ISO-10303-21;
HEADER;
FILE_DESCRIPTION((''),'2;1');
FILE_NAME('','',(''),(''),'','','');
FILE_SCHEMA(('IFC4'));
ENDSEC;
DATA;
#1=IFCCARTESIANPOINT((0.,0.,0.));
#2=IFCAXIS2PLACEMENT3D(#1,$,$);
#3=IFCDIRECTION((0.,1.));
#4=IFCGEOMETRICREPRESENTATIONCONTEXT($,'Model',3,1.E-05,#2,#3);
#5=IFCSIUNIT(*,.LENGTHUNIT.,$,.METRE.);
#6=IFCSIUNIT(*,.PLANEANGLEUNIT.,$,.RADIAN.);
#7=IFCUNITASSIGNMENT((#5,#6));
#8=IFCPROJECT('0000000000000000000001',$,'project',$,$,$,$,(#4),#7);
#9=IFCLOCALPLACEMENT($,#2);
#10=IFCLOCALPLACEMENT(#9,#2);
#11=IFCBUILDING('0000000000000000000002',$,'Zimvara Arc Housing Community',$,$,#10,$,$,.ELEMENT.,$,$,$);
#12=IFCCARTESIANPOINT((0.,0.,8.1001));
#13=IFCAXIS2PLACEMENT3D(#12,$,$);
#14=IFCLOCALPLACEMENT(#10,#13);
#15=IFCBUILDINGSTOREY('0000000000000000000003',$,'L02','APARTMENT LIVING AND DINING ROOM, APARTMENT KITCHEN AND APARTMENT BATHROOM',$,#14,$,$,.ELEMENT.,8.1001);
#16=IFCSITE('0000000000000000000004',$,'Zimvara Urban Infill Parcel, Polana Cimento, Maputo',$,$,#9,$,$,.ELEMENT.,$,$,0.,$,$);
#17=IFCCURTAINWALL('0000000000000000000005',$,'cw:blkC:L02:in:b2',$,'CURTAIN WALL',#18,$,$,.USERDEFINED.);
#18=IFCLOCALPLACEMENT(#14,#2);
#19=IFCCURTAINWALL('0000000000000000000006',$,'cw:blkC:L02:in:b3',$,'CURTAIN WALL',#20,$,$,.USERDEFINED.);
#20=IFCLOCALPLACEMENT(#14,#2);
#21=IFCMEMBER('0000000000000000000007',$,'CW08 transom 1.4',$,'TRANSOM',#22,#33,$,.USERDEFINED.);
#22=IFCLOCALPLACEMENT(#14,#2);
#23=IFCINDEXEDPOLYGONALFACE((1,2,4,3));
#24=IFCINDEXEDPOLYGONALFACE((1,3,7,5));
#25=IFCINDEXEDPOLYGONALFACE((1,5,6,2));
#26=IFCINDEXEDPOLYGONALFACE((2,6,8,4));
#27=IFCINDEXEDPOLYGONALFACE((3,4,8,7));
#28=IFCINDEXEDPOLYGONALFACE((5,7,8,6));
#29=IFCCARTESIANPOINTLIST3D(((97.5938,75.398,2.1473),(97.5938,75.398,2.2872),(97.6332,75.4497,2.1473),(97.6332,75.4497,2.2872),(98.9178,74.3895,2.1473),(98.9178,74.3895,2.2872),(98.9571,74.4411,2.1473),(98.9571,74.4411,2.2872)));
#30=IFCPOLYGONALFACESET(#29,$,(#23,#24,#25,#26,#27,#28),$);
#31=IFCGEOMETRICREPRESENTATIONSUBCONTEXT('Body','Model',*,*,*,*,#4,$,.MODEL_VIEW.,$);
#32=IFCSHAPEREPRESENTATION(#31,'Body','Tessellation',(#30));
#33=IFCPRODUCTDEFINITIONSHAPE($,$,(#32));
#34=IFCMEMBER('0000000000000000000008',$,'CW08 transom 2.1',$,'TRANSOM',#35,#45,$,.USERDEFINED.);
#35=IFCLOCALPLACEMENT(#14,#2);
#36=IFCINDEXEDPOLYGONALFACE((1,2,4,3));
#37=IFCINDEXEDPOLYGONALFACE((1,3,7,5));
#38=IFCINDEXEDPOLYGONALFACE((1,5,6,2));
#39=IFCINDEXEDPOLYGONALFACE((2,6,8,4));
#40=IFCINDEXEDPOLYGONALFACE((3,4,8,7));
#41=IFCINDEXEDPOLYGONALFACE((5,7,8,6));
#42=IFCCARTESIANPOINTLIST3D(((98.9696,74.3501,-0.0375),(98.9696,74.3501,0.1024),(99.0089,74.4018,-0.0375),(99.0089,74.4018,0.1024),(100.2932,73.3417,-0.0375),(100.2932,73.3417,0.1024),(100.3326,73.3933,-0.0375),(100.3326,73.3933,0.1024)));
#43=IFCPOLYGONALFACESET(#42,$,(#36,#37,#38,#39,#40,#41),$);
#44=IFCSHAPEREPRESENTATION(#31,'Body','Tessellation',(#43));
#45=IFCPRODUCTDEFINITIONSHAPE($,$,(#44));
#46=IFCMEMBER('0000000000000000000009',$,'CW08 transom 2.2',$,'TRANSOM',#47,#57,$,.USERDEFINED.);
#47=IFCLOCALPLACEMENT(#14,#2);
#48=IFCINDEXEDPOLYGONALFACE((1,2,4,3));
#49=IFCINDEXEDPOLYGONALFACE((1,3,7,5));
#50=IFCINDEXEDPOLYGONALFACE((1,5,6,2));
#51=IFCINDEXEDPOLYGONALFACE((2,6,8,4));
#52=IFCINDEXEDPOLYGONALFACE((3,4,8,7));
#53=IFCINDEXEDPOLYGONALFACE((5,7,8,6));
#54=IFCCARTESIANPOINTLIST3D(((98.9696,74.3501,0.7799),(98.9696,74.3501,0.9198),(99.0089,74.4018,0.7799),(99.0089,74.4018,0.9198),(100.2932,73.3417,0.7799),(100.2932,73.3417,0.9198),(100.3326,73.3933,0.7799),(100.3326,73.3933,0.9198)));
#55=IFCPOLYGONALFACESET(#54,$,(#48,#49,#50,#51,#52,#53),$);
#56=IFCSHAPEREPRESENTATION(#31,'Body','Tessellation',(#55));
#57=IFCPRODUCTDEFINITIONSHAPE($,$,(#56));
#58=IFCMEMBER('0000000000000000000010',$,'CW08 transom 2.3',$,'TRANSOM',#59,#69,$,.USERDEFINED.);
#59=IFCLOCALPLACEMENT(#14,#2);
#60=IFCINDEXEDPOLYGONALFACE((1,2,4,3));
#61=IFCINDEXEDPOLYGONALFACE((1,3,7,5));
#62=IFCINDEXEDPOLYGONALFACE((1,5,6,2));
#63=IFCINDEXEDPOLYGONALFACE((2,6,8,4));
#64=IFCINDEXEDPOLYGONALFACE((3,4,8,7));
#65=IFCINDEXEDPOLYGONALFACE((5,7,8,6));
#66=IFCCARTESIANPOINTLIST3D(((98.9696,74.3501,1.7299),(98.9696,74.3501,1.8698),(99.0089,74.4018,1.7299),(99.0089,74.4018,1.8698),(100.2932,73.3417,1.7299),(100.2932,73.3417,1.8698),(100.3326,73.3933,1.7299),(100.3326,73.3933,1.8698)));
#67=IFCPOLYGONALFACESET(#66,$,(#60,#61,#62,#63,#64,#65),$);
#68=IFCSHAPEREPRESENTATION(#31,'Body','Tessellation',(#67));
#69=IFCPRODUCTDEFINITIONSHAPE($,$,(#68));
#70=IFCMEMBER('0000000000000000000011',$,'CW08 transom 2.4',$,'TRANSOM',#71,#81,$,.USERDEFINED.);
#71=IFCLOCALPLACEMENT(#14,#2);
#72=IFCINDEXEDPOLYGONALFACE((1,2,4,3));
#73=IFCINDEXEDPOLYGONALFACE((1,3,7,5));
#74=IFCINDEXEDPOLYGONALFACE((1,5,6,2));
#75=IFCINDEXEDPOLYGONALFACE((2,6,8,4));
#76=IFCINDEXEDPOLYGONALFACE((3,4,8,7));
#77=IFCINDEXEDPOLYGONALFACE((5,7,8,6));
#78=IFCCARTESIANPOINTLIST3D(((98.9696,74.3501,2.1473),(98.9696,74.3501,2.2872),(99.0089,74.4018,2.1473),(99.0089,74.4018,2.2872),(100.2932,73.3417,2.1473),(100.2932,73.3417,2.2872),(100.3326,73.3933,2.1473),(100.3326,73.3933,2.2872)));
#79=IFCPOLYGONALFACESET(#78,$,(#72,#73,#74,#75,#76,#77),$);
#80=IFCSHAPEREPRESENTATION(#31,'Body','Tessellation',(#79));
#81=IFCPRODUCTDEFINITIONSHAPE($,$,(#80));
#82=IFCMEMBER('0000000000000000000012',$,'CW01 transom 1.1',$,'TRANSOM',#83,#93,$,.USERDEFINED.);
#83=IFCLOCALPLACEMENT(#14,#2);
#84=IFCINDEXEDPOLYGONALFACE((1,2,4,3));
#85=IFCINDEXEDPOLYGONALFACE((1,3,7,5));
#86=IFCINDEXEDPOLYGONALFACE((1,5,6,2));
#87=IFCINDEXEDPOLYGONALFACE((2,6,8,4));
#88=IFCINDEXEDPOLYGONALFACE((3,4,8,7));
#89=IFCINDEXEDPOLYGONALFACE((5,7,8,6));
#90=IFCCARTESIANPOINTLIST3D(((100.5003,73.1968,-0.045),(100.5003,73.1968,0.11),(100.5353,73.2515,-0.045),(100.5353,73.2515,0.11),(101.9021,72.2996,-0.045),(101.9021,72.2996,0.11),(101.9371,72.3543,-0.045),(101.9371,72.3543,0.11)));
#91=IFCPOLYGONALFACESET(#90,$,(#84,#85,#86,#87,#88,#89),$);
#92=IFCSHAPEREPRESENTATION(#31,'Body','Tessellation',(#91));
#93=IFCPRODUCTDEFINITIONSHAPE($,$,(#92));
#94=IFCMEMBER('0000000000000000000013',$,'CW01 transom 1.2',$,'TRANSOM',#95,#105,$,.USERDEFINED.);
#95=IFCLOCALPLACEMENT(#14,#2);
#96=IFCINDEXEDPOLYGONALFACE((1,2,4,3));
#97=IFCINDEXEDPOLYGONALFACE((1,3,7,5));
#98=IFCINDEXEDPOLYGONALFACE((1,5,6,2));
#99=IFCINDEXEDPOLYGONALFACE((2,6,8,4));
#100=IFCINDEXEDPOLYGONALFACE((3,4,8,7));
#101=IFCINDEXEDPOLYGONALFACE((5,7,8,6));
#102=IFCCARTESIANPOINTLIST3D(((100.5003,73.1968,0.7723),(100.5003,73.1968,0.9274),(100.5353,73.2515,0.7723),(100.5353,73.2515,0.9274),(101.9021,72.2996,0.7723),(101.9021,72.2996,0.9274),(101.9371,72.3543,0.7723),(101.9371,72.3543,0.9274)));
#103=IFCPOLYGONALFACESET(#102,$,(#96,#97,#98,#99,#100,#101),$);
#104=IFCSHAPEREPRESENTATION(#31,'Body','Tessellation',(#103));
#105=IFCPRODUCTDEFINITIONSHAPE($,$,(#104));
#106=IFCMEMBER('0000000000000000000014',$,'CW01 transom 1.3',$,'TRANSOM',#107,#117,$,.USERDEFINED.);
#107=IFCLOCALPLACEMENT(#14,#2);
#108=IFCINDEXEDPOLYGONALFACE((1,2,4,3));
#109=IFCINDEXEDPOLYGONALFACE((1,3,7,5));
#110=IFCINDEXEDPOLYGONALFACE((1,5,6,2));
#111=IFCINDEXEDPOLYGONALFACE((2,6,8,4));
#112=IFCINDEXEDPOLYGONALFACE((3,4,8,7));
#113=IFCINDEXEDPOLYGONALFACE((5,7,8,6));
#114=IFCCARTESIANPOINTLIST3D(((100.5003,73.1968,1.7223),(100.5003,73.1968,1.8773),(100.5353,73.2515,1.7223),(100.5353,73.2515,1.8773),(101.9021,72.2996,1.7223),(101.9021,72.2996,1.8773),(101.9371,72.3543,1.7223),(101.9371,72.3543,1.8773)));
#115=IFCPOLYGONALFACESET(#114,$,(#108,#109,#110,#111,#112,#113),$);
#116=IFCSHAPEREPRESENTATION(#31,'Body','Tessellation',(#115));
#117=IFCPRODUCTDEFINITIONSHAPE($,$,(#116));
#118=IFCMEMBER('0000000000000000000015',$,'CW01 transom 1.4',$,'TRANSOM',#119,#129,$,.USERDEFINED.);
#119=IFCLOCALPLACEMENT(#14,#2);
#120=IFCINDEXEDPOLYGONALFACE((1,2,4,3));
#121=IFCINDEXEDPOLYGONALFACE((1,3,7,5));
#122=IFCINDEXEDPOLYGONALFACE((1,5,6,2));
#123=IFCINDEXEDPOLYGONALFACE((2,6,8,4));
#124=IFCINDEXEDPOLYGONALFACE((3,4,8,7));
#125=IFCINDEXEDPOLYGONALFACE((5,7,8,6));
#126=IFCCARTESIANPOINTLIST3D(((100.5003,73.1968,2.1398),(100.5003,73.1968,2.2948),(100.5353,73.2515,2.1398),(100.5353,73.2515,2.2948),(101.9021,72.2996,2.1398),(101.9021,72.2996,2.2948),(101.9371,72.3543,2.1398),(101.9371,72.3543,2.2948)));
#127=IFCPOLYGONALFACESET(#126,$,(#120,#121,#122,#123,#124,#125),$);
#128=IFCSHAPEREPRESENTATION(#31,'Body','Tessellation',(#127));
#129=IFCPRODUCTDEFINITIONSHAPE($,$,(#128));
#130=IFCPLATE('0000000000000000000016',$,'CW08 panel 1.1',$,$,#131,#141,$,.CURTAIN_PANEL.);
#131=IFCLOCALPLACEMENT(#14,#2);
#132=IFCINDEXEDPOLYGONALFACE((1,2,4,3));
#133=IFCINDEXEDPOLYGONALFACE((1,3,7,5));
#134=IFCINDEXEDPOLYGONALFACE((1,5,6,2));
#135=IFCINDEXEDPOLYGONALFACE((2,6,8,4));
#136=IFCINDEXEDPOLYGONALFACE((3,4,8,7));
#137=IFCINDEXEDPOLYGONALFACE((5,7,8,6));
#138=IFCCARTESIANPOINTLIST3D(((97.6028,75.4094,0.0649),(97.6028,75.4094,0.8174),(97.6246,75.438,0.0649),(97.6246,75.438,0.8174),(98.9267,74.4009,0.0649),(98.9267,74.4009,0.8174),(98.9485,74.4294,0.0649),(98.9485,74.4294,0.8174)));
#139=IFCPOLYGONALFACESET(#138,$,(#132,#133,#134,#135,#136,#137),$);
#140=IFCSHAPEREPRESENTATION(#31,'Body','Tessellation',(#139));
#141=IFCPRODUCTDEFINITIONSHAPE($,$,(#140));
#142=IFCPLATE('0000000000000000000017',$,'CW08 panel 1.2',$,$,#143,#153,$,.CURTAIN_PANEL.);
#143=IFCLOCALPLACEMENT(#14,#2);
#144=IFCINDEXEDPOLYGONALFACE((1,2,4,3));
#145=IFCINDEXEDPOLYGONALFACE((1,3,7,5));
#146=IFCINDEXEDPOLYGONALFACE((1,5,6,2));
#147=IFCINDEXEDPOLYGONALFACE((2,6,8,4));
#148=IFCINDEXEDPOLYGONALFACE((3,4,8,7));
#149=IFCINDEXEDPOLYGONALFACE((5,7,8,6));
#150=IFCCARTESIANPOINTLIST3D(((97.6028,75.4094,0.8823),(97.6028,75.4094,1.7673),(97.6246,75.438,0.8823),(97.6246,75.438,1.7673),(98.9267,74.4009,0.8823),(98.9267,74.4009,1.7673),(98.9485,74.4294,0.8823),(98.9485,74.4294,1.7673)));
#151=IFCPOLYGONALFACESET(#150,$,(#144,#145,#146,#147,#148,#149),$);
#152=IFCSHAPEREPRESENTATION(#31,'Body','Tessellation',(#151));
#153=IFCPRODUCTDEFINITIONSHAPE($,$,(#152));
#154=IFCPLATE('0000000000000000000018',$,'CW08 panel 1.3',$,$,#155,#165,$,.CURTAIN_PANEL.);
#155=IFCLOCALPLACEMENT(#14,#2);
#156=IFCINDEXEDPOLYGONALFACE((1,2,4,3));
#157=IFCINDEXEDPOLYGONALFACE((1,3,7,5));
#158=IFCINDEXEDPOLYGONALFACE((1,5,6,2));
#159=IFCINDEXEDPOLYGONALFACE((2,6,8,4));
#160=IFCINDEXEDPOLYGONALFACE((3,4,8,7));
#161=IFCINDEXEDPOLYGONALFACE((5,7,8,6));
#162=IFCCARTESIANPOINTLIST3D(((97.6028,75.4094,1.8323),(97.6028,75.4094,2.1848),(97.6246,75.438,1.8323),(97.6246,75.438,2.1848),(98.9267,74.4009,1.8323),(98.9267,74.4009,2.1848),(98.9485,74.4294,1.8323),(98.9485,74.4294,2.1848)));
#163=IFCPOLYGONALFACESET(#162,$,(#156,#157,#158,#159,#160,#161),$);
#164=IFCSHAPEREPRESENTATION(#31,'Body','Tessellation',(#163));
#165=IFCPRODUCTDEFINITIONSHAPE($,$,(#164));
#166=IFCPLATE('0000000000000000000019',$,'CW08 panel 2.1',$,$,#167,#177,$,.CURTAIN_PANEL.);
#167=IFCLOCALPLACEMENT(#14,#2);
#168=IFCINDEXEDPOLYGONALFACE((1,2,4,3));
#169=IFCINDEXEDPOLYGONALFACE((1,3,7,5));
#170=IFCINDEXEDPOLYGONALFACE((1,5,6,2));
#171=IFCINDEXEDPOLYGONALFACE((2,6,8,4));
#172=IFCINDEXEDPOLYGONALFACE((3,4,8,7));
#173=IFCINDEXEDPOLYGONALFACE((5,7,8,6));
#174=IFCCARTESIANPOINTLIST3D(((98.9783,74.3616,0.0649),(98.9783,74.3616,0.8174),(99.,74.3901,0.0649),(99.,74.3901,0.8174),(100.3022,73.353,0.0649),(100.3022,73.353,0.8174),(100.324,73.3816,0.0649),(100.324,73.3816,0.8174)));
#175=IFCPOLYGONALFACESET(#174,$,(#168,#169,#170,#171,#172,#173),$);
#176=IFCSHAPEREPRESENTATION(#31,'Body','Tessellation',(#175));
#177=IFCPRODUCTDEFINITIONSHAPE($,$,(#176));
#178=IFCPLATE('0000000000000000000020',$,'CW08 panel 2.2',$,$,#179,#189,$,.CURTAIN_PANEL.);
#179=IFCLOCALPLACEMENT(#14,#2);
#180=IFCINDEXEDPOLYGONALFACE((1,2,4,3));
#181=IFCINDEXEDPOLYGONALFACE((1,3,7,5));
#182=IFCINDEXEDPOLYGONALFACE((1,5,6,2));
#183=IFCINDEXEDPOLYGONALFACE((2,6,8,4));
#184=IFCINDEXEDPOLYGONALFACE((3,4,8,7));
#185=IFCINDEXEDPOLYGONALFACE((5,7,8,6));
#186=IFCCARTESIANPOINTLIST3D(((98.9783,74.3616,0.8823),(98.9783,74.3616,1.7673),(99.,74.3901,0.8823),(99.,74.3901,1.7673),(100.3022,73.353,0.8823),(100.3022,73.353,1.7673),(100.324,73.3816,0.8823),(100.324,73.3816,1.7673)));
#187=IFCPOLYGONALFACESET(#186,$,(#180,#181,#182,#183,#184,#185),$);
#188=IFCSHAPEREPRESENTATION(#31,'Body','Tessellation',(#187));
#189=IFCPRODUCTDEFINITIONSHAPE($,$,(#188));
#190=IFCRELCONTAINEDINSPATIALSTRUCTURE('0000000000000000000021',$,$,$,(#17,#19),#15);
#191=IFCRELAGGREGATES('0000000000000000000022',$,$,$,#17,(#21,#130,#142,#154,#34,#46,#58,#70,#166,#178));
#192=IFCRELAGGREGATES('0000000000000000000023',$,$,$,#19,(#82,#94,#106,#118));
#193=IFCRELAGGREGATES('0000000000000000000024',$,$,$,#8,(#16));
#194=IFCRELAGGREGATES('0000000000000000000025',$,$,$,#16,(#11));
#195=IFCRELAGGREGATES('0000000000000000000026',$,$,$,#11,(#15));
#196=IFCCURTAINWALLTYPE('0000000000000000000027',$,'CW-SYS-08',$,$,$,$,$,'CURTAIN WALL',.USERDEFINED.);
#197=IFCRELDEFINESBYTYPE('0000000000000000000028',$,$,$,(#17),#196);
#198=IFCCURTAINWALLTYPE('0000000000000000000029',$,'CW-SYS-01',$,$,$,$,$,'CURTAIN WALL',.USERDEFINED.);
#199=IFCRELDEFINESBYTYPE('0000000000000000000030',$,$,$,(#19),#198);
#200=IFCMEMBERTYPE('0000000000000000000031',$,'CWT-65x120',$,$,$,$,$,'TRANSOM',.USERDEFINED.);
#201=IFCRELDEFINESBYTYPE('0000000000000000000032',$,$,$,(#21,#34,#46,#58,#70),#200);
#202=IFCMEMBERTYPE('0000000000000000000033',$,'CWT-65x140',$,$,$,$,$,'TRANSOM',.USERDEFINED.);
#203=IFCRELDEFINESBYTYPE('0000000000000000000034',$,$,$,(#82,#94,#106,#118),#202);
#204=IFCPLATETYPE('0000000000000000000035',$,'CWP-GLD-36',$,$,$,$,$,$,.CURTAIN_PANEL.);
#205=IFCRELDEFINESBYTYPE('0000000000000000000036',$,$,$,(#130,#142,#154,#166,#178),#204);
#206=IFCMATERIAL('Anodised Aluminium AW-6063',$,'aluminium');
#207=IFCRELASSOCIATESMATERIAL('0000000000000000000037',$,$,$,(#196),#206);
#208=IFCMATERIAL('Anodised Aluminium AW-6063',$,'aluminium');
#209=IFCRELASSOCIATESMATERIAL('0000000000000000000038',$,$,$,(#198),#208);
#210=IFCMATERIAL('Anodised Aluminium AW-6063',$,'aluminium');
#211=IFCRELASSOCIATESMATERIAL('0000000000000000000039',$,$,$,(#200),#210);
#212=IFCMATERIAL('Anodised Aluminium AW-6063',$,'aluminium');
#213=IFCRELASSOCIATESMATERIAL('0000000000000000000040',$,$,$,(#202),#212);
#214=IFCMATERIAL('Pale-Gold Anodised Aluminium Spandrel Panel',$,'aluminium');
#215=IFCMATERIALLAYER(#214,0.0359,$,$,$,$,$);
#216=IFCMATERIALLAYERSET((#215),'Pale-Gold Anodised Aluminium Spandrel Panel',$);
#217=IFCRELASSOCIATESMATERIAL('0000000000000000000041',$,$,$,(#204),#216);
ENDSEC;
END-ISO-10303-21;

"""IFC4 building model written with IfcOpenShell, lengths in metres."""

from ifc_helpers import new_model, si_unit, direction, frame, origin, origin_2d, place, context, subcontext, project, spatial, rectangle, extrude, material, layer, layer_set, material_profile, profile_set, type_object, element, aggregate, save


model = new_model("IFC4")

# Units and contexts
model_context = context("Model", 3, precision=1e-05, world=origin(), true_north=direction((0.0, 1.0)))
body_context = subcontext(model_context, "Body", "Model", "MODEL_VIEW")
ifc_project = project(units=[si_unit("LENGTHUNIT", "METRE"), si_unit("PLANEANGLEUNIT", "RADIAN")], contexts=[model_context])

# Site, building, storey
site_placement = place(None, origin())
site = spatial("IfcSite", under=ifc_project, at=site_placement, Name="Zimvara Urban Infill Parcel, Polana Cimento, Maputo", CompositionType="ELEMENT", RefElevation=0.0)
building_placement = place(site_placement, origin())
building = spatial("IfcBuilding", under=site, at=building_placement, Name="Zimvara Arc Housing Community", CompositionType="ELEMENT")
storey_placement = place(building_placement, frame((0.0, 0.0, 8.1001)))
storey = spatial("IfcBuildingStorey", under=building, at=storey_placement, Name="L02", Description="APARTMENT LIVING AND DINING ROOM, APARTMENT KITCHEN AND APARTMENT BATHROOM", CompositionType="ELEMENT", Elevation=8.1001)

# Curtain wall
ifc_material_1 = material(Name="Anodised Aluminium AW-6063", Category="aluminium")
curtain_wall_type_1 = type_object("IfcCurtainWallType", Name="CW-SYS-08", ElementType="CURTAIN WALL", PredefinedType="USERDEFINED", material=ifc_material_1)
curtain_wall_1_placement = place(storey_placement, origin())
curtain_wall_1 = element("IfcCurtainWall", 1, at=curtain_wall_1_placement, inside=storey, type_object=curtain_wall_type_1, Name="cw:blkC:L02:in:b2", ObjectType="CURTAIN WALL", PredefinedType="USERDEFINED")

# Curtain wall
ifc_material_2 = material(Name="Anodised Aluminium AW-6063", Category="aluminium")
curtain_wall_type_2 = type_object("IfcCurtainWallType", Name="CW-SYS-01", ElementType="CURTAIN WALL", PredefinedType="USERDEFINED", material=ifc_material_2)
curtain_wall_2_placement = place(storey_placement, origin())
curtain_wall_2 = element("IfcCurtainWall", 2, at=curtain_wall_2_placement, inside=storey, type_object=curtain_wall_type_2, Name="cw:blkC:L02:in:b3", ObjectType="CURTAIN WALL", PredefinedType="USERDEFINED")

# Members
ifc_material_3 = material(Name="Anodised Aluminium AW-6063", Category="aluminium")
ifc_material_profile_1 = material_profile(ifc_material_3, rectangle(XDim=0.0649, YDim=0.1399, at=origin_2d()), Name="ALU 65x140")
ifc_profile_set_1 = profile_set([ifc_material_profile_1], Name="Anodised Aluminium AW-6063")
member_type_1 = type_object("IfcMemberType", Name="CWT-65x120", ElementType="TRANSOM", PredefinedType="USERDEFINED", material=ifc_profile_set_1)
member_1_placement = place(storey_placement, frame((97.6135, 75.4238, 2.2173), z_axis=(0.795489, -0.605968, 0.0), x_axis=(0.605968, 0.795489, 0.0)))
member_1 = element("IfcMember", 3, at=member_1_placement, type_object=member_type_1, Name="CW08 transom 1.4", ObjectType="TRANSOM", PredefinedType="USERDEFINED", context=body_context, shape_type="SweptSolid", body=[
    extrude(rectangle(XDim=0.0649, YDim=0.1399, at=origin_2d()), origin(), (0.0, 0.0, 1.0), 1.6643),
])
member_2_placement = place(storey_placement, frame((98.9893, 74.376, 0.0325), z_axis=(0.795435, -0.606039, 0.0), x_axis=(0.606039, 0.795435, 0.0)))
member_2 = element("IfcMember", 4, at=member_2_placement, type_object=member_type_1, Name="CW08 transom 2.1", ObjectType="TRANSOM", PredefinedType="USERDEFINED", context=body_context, shape_type="SweptSolid", body=[
    extrude(rectangle(XDim=0.0649, YDim=0.1399, at=origin_2d()), origin(), (0.0, 0.0, 1.0), 1.6641),
])
member_3_placement = place(storey_placement, frame((98.9893, 74.376, 0.8499), z_axis=(0.795435, -0.606039, 0.0), x_axis=(0.606039, 0.795435, 0.0)))
member_3 = element("IfcMember", 5, at=member_3_placement, type_object=member_type_1, Name="CW08 transom 2.2", ObjectType="TRANSOM", PredefinedType="USERDEFINED", context=body_context, shape_type="SweptSolid", body=[
    extrude(rectangle(XDim=0.0649, YDim=0.1399, at=origin_2d()), origin(), (0.0, 0.0, 1.0), 1.6641),
])
member_4_placement = place(storey_placement, frame((98.9893, 74.376, 1.7998), z_axis=(0.795435, -0.606039, 0.0), x_axis=(0.606039, 0.795435, 0.0)))
member_4 = element("IfcMember", 6, at=member_4_placement, type_object=member_type_1, Name="CW08 transom 2.3", ObjectType="TRANSOM", PredefinedType="USERDEFINED", context=body_context, shape_type="SweptSolid", body=[
    extrude(rectangle(XDim=0.0649, YDim=0.1399, at=origin_2d()), origin(), (0.0, 0.0, 1.0), 1.6641),
])
member_5_placement = place(storey_placement, frame((98.9893, 74.376, 2.2173), z_axis=(0.795435, -0.606039, 0.0), x_axis=(0.606039, 0.795435, 0.0)))
member_5 = element("IfcMember", 7, at=member_5_placement, type_object=member_type_1, Name="CW08 transom 2.4", ObjectType="TRANSOM", PredefinedType="USERDEFINED", context=body_context, shape_type="SweptSolid", body=[
    extrude(rectangle(XDim=0.0649, YDim=0.1399, at=origin_2d()), origin(), (0.0, 0.0, 1.0), 1.6641),
])
ifc_material_4 = material(Name="Anodised Aluminium AW-6063", Category="aluminium")
ifc_material_profile_2 = material_profile(ifc_material_4, rectangle(XDim=0.0649, YDim=0.155, at=origin_2d()), Name="ALU 65x155")
ifc_profile_set_2 = profile_set([ifc_material_profile_2], Name="Anodised Aluminium AW-6063")
member_type_2 = type_object("IfcMemberType", Name="CWT-65x140", ElementType="TRANSOM", PredefinedType="USERDEFINED", material=ifc_profile_set_2)
member_6_placement = place(storey_placement, frame((100.5178, 73.2241, 0.0325), z_axis=(0.842263, -0.539066, 0.0), x_axis=(0.539066, 0.842263, 0.0)))
member_6 = element("IfcMember", 8, at=member_6_placement, type_object=member_type_2, Name="CW01 transom 1.1", ObjectType="TRANSOM", PredefinedType="USERDEFINED", context=body_context, shape_type="SweptSolid", body=[
    extrude(rectangle(XDim=0.0649, YDim=0.155, at=origin_2d()), origin(), (0.0, 0.0, 1.0), 1.6643),
])
member_7_placement = place(storey_placement, frame((100.5178, 73.2241, 0.8499), z_axis=(0.842263, -0.539066, 0.0), x_axis=(0.539066, 0.842263, 0.0)))
member_7 = element("IfcMember", 9, at=member_7_placement, type_object=member_type_2, Name="CW01 transom 1.2", ObjectType="TRANSOM", PredefinedType="USERDEFINED", context=body_context, shape_type="SweptSolid", body=[
    extrude(rectangle(XDim=0.0649, YDim=0.155, at=origin_2d()), origin(), (0.0, 0.0, 1.0), 1.6643),
])
member_8_placement = place(storey_placement, frame((100.5178, 73.2241, 1.7998), z_axis=(0.842263, -0.539066, 0.0), x_axis=(0.539066, 0.842263, 0.0)))
member_8 = element("IfcMember", 10, at=member_8_placement, type_object=member_type_2, Name="CW01 transom 1.3", ObjectType="TRANSOM", PredefinedType="USERDEFINED", context=body_context, shape_type="SweptSolid", body=[
    extrude(rectangle(XDim=0.0649, YDim=0.155, at=origin_2d()), origin(), (0.0, 0.0, 1.0), 1.6643),
])
member_9_placement = place(storey_placement, frame((100.5178, 73.2241, 2.2173), z_axis=(0.842263, -0.539066, 0.0), x_axis=(0.539066, 0.842263, 0.0)))
member_9 = element("IfcMember", 11, at=member_9_placement, type_object=member_type_2, Name="CW01 transom 1.4", ObjectType="TRANSOM", PredefinedType="USERDEFINED", context=body_context, shape_type="SweptSolid", body=[
    extrude(rectangle(XDim=0.0649, YDim=0.155, at=origin_2d()), origin(), (0.0, 0.0, 1.0), 1.6643),
])

# Plates
ifc_material_5 = material(Name="Pale-Gold Anodised Aluminium Spandrel Panel", Category="aluminium")
ifc_layer_1 = layer(ifc_material_5, 0.0359)
ifc_layer_set_1 = layer_set([ifc_layer_1], Name="Pale-Gold Anodised Aluminium Spandrel Panel")
plate_type_1 = type_object("IfcPlateType", Name="CWP-GLD-36", PredefinedType="CURTAIN_PANEL", material=ifc_layer_set_1)
plate_1_placement = place(storey_placement, frame((98.2756, 74.9194, 0.0649), z_axis=(0.0, 0.0, 1.0), x_axis=(0.795474, -0.605988, 0.0)))
plate_1 = element("IfcPlate", 12, at=plate_1_placement, type_object=plate_type_1, Name="CW08 panel 1.1", PredefinedType="CURTAIN_PANEL", context=body_context, shape_type="SweptSolid", body=[
    extrude(rectangle(XDim=1.6643, YDim=0.0359, at=origin_2d()), origin(), (0.0, 0.0, 1.0), 0.7524),
])
plate_2_placement = place(storey_placement, frame((98.2756, 74.9194, 0.8823), z_axis=(0.0, 0.0, 1.0), x_axis=(0.795474, -0.605988, 0.0)))
plate_2 = element("IfcPlate", 13, at=plate_2_placement, type_object=plate_type_1, Name="CW08 panel 1.2", PredefinedType="CURTAIN_PANEL", context=body_context, shape_type="SweptSolid", body=[
    extrude(rectangle(XDim=1.6643, YDim=0.0359, at=origin_2d()), origin(), (0.0, 0.0, 1.0), 0.885),
])
plate_3_placement = place(storey_placement, frame((98.2756, 74.9194, 1.8323), z_axis=(0.0, 0.0, 1.0), x_axis=(0.795474, -0.605988, 0.0)))
plate_3 = element("IfcPlate", 14, at=plate_3_placement, type_object=plate_type_1, Name="CW08 panel 1.3", PredefinedType="CURTAIN_PANEL", context=body_context, shape_type="SweptSolid", body=[
    extrude(rectangle(XDim=1.6643, YDim=0.0359, at=origin_2d()), origin(), (0.0, 0.0, 1.0), 0.3525),
])
plate_4_placement = place(storey_placement, frame((99.6511, 73.8716, 0.0649), z_axis=(0.0, 0.0, 1.0), x_axis=(0.795474, -0.605988, 0.0)))
plate_4 = element("IfcPlate", 15, at=plate_4_placement, type_object=plate_type_1, Name="CW08 panel 2.1", PredefinedType="CURTAIN_PANEL", context=body_context, shape_type="SweptSolid", body=[
    extrude(rectangle(XDim=1.6643, YDim=0.0359, at=origin_2d()), origin(), (0.0, 0.0, 1.0), 0.7524),
])
plate_5_placement = place(storey_placement, frame((99.6511, 73.8716, 0.8823), z_axis=(0.0, 0.0, 1.0), x_axis=(0.795474, -0.605988, 0.0)))
plate_5 = element("IfcPlate", 16, at=plate_5_placement, type_object=plate_type_1, Name="CW08 panel 2.2", PredefinedType="CURTAIN_PANEL", context=body_context, shape_type="SweptSolid", body=[
    extrude(rectangle(XDim=1.6643, YDim=0.0359, at=origin_2d()), origin(), (0.0, 0.0, 1.0), 0.885),
])
aggregate(curtain_wall_1, [member_1, plate_1, plate_2, plate_3, member_2, member_3, member_4, member_5, plate_4, plate_5])
aggregate(curtain_wall_2, [member_6, member_7, member_8, member_9])

save(model, "model.ifc")
